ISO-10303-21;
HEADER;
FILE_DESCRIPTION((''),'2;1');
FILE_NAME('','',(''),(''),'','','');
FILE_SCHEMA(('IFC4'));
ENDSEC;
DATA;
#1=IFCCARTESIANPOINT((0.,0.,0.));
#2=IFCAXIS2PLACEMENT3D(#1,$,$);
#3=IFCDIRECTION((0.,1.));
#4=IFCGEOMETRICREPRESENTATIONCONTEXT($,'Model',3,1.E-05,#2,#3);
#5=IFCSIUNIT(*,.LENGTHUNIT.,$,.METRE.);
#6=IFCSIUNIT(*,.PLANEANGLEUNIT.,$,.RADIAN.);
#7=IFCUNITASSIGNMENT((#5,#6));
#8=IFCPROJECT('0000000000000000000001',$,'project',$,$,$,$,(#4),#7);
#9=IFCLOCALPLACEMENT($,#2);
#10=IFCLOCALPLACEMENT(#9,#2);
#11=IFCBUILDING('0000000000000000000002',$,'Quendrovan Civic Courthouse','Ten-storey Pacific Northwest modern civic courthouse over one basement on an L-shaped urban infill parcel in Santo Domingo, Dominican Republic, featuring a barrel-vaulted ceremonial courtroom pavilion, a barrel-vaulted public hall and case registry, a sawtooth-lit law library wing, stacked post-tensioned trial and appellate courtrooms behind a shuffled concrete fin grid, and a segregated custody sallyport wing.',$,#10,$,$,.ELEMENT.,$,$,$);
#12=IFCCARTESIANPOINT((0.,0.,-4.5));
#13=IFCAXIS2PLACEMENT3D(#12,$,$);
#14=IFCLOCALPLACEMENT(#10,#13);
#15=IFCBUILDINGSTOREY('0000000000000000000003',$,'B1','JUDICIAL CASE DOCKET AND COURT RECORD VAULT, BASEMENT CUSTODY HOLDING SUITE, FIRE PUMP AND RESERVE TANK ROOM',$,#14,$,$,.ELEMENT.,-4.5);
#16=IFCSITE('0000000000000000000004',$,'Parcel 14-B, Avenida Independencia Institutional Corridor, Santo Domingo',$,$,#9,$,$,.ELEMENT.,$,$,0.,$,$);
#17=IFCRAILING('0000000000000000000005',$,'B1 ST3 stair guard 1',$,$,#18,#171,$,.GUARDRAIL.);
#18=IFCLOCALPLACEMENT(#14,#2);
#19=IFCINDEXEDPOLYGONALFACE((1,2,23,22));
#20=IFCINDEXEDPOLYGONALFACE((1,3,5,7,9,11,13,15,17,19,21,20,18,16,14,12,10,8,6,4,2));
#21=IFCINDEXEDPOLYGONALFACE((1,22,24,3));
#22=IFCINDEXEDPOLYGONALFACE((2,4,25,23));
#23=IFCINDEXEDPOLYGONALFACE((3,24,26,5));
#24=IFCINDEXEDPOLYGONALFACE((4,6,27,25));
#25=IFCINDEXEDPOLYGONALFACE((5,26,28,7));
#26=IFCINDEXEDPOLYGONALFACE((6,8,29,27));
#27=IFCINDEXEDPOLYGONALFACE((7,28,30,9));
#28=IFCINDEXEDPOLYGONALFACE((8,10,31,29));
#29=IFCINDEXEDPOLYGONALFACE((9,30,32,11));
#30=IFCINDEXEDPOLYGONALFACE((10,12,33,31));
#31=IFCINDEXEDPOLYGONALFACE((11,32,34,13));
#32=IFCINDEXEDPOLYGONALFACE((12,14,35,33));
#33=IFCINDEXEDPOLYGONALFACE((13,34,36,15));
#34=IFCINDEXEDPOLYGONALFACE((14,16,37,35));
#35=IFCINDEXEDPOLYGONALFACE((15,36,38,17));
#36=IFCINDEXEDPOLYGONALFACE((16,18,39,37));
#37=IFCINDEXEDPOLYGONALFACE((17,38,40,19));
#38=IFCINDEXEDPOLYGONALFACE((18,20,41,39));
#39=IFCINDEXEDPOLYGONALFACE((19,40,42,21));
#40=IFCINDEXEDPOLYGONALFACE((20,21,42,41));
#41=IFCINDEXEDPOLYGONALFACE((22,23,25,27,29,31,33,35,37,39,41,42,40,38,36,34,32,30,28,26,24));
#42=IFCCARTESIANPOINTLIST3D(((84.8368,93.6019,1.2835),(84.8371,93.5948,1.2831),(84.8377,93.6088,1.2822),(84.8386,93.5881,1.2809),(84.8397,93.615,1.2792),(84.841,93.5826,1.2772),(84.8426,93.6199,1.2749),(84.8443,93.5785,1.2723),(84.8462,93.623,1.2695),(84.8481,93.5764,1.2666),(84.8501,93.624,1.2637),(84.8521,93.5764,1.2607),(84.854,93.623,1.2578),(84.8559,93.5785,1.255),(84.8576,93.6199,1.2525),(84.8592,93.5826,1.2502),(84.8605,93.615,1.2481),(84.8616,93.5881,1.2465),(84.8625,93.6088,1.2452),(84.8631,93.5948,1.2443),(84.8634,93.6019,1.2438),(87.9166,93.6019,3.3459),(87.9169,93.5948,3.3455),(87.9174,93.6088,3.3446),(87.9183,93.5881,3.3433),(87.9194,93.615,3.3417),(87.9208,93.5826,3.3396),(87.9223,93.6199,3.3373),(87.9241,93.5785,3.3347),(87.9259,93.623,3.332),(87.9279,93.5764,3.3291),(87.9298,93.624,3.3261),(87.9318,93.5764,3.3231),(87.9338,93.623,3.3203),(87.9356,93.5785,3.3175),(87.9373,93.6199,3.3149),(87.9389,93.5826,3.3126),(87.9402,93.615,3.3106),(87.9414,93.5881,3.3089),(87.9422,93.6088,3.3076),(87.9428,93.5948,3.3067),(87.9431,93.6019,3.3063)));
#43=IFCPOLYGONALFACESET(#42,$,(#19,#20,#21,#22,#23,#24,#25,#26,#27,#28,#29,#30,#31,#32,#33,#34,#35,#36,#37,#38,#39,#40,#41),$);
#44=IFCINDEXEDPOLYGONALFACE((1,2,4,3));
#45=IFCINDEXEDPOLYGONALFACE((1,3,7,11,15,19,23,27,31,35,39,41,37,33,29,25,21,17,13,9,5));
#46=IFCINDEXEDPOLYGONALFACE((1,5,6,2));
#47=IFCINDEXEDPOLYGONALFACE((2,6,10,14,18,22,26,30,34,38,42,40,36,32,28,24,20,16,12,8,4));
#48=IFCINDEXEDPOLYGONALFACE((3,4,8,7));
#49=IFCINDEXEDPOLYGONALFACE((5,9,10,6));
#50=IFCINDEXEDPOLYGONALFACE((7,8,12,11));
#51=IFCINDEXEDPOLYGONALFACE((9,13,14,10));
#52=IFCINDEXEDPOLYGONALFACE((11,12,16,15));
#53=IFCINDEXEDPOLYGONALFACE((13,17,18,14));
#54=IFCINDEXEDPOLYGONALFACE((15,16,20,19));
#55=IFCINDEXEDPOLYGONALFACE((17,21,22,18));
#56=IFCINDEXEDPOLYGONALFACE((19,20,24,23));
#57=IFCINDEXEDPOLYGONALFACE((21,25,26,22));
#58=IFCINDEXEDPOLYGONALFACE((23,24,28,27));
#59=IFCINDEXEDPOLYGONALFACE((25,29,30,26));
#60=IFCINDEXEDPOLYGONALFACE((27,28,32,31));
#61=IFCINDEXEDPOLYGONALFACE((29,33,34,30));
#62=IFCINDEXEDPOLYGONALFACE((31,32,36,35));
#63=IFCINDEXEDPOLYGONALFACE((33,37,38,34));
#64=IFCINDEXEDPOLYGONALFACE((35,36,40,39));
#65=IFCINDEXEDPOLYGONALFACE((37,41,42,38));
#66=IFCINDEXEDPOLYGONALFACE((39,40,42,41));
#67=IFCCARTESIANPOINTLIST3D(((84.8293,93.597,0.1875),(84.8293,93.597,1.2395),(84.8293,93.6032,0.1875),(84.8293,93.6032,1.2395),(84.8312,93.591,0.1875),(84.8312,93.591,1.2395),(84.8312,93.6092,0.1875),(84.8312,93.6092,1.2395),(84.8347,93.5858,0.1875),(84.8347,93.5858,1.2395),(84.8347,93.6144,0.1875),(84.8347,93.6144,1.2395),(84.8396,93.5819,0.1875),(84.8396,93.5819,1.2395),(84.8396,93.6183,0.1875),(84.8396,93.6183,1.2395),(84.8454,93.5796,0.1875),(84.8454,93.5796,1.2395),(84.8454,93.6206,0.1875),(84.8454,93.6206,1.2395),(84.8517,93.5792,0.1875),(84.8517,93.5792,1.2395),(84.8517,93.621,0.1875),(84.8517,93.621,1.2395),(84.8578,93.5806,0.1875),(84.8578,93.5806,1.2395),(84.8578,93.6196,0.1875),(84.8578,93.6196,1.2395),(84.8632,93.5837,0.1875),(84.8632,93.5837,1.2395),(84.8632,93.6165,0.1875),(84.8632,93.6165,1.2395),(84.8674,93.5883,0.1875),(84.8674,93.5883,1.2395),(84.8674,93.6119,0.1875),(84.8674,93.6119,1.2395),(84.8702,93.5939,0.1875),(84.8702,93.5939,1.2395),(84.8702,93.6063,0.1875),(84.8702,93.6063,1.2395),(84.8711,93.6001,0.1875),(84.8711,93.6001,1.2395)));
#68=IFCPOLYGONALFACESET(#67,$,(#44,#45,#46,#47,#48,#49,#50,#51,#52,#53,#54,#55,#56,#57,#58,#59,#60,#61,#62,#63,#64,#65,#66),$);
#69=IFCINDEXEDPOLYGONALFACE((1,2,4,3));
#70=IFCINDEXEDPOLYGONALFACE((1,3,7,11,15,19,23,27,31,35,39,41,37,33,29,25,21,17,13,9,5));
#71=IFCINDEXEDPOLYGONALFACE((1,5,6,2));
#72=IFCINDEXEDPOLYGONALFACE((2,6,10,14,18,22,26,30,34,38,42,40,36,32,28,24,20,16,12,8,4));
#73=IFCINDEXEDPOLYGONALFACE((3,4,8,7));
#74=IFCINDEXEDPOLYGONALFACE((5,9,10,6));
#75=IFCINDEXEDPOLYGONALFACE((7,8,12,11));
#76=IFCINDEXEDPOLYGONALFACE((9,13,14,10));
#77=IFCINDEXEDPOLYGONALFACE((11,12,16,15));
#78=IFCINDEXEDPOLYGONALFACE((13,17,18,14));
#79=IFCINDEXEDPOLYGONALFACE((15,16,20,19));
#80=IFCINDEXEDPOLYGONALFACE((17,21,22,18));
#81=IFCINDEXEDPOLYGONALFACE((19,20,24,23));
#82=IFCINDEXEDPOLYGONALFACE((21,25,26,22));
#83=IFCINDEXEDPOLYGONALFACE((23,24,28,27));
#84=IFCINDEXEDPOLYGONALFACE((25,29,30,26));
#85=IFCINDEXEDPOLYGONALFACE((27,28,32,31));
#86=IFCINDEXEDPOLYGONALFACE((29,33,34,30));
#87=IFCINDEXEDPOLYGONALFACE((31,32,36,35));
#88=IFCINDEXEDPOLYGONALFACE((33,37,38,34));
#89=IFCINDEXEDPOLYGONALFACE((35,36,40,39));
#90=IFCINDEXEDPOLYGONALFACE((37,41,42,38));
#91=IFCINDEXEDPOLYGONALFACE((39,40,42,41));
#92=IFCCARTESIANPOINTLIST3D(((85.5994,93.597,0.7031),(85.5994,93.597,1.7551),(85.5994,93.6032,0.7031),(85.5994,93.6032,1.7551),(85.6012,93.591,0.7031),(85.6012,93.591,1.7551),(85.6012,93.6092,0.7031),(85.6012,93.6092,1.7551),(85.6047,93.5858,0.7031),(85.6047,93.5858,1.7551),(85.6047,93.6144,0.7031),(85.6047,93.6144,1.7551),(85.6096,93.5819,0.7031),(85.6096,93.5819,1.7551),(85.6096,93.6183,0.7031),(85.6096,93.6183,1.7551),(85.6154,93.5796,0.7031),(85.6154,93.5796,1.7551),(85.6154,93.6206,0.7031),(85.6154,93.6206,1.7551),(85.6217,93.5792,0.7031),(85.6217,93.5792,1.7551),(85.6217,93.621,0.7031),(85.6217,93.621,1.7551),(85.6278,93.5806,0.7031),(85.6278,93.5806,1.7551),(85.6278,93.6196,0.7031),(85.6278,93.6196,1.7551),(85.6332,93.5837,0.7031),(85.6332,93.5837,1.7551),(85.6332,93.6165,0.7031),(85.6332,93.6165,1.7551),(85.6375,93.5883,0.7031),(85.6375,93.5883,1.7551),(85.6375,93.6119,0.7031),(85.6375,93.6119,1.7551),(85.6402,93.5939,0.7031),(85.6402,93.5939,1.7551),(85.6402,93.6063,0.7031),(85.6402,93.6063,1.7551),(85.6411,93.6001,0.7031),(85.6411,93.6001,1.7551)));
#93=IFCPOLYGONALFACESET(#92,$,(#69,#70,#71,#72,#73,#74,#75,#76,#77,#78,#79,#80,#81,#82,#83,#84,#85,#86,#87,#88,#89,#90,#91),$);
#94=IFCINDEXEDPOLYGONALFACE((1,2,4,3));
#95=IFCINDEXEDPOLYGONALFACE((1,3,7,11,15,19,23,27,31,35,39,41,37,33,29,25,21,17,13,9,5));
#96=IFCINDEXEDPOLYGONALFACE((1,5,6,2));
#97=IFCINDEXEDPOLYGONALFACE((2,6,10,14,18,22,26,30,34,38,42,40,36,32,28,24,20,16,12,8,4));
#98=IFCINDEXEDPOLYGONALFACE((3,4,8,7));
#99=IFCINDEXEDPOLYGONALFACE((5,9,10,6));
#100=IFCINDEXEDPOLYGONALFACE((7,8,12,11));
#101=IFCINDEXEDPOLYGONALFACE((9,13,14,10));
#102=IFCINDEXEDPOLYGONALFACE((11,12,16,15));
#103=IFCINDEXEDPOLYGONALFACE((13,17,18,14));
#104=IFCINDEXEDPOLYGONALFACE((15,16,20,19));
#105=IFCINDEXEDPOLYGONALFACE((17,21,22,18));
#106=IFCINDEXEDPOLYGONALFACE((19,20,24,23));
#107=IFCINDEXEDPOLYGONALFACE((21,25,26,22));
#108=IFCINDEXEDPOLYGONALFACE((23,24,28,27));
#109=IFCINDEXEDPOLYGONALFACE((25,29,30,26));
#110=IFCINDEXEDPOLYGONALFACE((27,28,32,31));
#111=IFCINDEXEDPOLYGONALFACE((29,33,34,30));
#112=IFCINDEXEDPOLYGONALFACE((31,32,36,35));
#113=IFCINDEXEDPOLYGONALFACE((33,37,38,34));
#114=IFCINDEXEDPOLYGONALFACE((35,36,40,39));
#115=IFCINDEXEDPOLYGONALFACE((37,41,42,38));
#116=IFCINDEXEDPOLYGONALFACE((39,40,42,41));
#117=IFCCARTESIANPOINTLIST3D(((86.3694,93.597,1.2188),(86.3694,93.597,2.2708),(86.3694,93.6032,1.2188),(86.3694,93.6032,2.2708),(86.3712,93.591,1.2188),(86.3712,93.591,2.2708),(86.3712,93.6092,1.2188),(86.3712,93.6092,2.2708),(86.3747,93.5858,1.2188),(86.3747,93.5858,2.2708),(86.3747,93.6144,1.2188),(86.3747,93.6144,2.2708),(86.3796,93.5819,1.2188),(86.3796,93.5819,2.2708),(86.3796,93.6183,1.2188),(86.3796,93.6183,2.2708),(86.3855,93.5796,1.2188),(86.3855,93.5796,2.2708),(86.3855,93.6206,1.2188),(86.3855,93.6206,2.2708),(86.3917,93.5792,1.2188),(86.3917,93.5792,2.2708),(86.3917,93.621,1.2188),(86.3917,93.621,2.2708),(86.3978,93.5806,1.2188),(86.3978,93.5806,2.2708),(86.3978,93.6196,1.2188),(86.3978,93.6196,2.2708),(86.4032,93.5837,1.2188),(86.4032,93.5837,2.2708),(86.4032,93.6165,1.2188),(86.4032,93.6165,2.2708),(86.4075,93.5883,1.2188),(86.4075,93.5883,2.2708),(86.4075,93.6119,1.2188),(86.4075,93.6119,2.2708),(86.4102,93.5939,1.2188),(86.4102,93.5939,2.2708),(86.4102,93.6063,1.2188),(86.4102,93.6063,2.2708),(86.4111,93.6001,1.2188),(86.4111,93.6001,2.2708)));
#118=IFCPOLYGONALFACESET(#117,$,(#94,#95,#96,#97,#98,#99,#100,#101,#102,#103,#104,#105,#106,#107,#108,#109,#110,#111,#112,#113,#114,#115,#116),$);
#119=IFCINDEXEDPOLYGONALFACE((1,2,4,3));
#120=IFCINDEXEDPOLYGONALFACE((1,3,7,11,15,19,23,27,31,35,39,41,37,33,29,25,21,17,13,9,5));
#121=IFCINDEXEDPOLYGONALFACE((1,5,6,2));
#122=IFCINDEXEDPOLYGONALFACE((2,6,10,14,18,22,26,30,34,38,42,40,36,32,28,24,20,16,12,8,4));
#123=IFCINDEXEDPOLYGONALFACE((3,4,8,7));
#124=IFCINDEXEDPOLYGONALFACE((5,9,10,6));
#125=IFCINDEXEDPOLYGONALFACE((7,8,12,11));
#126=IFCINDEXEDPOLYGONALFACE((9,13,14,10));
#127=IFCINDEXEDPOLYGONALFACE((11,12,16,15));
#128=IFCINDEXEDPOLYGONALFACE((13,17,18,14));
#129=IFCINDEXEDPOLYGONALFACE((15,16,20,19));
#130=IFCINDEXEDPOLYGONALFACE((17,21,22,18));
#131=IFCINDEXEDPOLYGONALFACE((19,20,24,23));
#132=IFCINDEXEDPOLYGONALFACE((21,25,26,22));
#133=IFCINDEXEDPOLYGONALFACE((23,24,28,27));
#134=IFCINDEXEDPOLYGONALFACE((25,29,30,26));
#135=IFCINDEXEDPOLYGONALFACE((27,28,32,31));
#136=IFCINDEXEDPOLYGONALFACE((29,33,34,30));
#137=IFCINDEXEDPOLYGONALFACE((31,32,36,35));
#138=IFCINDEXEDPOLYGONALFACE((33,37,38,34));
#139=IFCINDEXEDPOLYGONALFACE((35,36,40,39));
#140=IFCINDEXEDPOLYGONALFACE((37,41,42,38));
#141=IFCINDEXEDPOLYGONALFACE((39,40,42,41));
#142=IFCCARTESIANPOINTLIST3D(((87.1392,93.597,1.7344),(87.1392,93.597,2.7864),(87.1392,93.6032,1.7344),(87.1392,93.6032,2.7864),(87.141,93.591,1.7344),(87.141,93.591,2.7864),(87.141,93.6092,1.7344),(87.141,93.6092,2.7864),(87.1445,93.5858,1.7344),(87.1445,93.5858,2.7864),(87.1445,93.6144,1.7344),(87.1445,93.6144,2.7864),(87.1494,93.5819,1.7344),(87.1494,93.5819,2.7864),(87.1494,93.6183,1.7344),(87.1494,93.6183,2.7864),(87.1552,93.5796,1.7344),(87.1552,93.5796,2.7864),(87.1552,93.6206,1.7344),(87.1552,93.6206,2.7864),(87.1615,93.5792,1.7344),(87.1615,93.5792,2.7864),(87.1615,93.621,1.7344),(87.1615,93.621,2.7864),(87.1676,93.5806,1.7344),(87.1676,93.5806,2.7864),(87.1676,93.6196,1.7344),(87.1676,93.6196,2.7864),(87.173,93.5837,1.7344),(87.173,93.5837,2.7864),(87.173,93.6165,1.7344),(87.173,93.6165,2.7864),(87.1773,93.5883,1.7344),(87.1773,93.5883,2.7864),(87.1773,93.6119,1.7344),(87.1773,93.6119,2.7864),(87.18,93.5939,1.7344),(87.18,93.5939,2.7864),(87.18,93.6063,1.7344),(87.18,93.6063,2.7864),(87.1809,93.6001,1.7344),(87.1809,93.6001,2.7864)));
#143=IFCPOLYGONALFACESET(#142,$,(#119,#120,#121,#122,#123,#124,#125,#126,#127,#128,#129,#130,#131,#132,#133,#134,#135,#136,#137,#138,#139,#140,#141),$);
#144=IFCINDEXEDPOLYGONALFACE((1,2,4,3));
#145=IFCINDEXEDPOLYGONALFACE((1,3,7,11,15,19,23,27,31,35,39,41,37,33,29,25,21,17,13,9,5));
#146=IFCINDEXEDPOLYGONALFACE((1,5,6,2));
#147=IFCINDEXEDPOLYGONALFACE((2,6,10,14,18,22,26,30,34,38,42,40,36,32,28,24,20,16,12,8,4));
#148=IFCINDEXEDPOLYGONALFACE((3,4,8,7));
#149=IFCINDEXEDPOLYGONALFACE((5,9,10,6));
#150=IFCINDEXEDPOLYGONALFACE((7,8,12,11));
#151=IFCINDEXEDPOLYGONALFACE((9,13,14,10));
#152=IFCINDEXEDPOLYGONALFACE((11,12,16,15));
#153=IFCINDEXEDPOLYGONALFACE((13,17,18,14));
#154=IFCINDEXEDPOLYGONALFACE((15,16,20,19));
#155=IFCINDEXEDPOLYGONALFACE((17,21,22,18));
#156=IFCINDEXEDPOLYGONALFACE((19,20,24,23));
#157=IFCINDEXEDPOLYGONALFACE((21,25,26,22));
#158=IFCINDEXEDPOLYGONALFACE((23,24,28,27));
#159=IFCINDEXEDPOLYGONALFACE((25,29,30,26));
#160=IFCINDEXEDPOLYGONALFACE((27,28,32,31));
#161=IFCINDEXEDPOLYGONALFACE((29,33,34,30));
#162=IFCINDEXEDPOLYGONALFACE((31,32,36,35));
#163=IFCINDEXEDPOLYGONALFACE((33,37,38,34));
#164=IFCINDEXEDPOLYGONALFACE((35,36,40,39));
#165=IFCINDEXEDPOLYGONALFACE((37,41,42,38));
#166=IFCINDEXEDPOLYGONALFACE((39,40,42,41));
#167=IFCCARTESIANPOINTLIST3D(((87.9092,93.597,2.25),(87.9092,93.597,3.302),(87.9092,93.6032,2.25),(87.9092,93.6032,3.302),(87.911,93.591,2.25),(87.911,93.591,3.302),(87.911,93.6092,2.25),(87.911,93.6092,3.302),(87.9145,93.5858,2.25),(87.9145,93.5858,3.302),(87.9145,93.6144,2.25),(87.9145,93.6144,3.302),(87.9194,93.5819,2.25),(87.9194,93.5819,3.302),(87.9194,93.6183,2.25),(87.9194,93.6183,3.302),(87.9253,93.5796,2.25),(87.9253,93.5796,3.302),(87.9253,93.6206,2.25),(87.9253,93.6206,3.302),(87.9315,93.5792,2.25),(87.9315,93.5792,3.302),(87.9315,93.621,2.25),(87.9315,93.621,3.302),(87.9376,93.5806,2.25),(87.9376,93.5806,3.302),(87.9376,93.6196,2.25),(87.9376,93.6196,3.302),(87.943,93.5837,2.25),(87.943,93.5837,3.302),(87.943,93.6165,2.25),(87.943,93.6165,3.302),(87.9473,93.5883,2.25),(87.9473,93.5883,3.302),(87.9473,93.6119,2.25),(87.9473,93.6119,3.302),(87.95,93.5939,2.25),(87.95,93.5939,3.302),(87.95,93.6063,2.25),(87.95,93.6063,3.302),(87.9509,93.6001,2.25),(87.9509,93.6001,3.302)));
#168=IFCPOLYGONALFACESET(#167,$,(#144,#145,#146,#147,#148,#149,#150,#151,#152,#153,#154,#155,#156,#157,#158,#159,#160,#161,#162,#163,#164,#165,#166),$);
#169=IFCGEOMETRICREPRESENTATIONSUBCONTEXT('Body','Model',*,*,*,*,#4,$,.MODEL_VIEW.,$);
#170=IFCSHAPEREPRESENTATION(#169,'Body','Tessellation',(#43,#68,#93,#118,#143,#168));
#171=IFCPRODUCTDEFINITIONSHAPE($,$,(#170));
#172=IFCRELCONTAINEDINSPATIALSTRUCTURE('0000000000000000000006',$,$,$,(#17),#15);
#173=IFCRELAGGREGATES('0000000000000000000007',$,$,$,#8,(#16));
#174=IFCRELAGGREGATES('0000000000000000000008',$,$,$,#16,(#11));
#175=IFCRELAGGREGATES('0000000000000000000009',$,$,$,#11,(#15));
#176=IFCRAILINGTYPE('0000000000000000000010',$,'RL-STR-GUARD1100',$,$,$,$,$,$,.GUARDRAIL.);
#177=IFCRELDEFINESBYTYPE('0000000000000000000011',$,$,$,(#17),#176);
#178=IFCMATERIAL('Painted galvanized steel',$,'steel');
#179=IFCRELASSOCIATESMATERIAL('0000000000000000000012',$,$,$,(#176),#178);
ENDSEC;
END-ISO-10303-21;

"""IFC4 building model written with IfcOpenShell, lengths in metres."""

from ifc_helpers import new_model, si_unit, direction, frame, origin, origin_2d, place, context, subcontext, project, spatial, circle, extrude, material, type_object, element, save


model = new_model("IFC4")

# Units and contexts
model_context = context("Model", 3, precision=1e-05, world=origin(), true_north=direction((0.0, 1.0)))
body_context = subcontext(model_context, "Body", "Model", "MODEL_VIEW")
ifc_project = project(units=[si_unit("LENGTHUNIT", "METRE"), si_unit("PLANEANGLEUNIT", "RADIAN")], contexts=[model_context])

# Site, building, storey
site_placement = place(None, origin())
site = spatial("IfcSite", under=ifc_project, at=site_placement, Name="Parcel 14-B, Avenida Independencia Institutional Corridor, Santo Domingo", CompositionType="ELEMENT", RefElevation=0.0)
building_placement = place(site_placement, origin())
building = spatial("IfcBuilding", under=site, at=building_placement, Name="Quendrovan Civic Courthouse", Description="Ten-storey Pacific Northwest modern civic courthouse over one basement on an L-shaped urban infill parcel in Santo Domingo, Dominican Republic, featuring a barrel-vaulted ceremonial courtroom pavilion, a barrel-vaulted public hall and case registry, a sawtooth-lit law library wing, stacked post-tensioned trial and appellate courtrooms behind a shuffled concrete fin grid, and a segregated custody sallyport wing.", CompositionType="ELEMENT")
storey_placement = place(building_placement, frame((0.0, 0.0, -4.5)))
storey = spatial("IfcBuildingStorey", under=building, at=storey_placement, Name="B1", Description="JUDICIAL CASE DOCKET AND COURT RECORD VAULT, BASEMENT CUSTODY HOLDING SUITE, FIRE PUMP AND RESERVE TANK ROOM", CompositionType="ELEMENT", Elevation=-4.5)

# Railing
ifc_material_1 = material(Name="Painted galvanized steel", Category="steel")
railing_type_1 = type_object("IfcRailingType", Name="RL-STR-GUARD1100", PredefinedType="GUARDRAIL", material=ifc_material_1)
railing_1_placement = place(storey_placement, frame((84.8501, 93.6001, 0.1875)))
element("IfcRailing", 1, at=railing_1_placement, inside=storey, type_object=railing_type_1, Name="B1 ST3 stair guard 1", PredefinedType="GUARDRAIL", context=body_context, shape_type="SweptSolid", body=[
    extrude(circle(Radius=0.0239, at=origin_2d()), frame((0.0, 0.0, 1.0762), z_axis=(0.830893, 0.0, 0.556432), x_axis=(0.0, 1.0, 0.0)), (0.0, 0.0, 1.0), 3.7065),
    extrude(circle(Radius=0.021, at=origin_2d()), origin(), (0.0, 0.0, 1.0), 1.052),
    extrude(circle(Radius=0.021, at=origin_2d()), frame((0.77, 0.0, 0.5156)), (0.0, 0.0, 1.0), 1.052),
    extrude(circle(Radius=0.021, at=origin_2d()), frame((1.54, 0.0, 1.0312)), (0.0, 0.0, 1.0), 1.052),
    extrude(circle(Radius=0.021, at=origin_2d()), frame((2.3098, 0.0, 1.5469)), (0.0, 0.0, 1.0), 1.052),
    extrude(circle(Radius=0.021, at=origin_2d()), frame((3.0798, 0.0, 2.0625)), (0.0, 0.0, 1.0), 1.052),
])

save(model, "model.ifc")
